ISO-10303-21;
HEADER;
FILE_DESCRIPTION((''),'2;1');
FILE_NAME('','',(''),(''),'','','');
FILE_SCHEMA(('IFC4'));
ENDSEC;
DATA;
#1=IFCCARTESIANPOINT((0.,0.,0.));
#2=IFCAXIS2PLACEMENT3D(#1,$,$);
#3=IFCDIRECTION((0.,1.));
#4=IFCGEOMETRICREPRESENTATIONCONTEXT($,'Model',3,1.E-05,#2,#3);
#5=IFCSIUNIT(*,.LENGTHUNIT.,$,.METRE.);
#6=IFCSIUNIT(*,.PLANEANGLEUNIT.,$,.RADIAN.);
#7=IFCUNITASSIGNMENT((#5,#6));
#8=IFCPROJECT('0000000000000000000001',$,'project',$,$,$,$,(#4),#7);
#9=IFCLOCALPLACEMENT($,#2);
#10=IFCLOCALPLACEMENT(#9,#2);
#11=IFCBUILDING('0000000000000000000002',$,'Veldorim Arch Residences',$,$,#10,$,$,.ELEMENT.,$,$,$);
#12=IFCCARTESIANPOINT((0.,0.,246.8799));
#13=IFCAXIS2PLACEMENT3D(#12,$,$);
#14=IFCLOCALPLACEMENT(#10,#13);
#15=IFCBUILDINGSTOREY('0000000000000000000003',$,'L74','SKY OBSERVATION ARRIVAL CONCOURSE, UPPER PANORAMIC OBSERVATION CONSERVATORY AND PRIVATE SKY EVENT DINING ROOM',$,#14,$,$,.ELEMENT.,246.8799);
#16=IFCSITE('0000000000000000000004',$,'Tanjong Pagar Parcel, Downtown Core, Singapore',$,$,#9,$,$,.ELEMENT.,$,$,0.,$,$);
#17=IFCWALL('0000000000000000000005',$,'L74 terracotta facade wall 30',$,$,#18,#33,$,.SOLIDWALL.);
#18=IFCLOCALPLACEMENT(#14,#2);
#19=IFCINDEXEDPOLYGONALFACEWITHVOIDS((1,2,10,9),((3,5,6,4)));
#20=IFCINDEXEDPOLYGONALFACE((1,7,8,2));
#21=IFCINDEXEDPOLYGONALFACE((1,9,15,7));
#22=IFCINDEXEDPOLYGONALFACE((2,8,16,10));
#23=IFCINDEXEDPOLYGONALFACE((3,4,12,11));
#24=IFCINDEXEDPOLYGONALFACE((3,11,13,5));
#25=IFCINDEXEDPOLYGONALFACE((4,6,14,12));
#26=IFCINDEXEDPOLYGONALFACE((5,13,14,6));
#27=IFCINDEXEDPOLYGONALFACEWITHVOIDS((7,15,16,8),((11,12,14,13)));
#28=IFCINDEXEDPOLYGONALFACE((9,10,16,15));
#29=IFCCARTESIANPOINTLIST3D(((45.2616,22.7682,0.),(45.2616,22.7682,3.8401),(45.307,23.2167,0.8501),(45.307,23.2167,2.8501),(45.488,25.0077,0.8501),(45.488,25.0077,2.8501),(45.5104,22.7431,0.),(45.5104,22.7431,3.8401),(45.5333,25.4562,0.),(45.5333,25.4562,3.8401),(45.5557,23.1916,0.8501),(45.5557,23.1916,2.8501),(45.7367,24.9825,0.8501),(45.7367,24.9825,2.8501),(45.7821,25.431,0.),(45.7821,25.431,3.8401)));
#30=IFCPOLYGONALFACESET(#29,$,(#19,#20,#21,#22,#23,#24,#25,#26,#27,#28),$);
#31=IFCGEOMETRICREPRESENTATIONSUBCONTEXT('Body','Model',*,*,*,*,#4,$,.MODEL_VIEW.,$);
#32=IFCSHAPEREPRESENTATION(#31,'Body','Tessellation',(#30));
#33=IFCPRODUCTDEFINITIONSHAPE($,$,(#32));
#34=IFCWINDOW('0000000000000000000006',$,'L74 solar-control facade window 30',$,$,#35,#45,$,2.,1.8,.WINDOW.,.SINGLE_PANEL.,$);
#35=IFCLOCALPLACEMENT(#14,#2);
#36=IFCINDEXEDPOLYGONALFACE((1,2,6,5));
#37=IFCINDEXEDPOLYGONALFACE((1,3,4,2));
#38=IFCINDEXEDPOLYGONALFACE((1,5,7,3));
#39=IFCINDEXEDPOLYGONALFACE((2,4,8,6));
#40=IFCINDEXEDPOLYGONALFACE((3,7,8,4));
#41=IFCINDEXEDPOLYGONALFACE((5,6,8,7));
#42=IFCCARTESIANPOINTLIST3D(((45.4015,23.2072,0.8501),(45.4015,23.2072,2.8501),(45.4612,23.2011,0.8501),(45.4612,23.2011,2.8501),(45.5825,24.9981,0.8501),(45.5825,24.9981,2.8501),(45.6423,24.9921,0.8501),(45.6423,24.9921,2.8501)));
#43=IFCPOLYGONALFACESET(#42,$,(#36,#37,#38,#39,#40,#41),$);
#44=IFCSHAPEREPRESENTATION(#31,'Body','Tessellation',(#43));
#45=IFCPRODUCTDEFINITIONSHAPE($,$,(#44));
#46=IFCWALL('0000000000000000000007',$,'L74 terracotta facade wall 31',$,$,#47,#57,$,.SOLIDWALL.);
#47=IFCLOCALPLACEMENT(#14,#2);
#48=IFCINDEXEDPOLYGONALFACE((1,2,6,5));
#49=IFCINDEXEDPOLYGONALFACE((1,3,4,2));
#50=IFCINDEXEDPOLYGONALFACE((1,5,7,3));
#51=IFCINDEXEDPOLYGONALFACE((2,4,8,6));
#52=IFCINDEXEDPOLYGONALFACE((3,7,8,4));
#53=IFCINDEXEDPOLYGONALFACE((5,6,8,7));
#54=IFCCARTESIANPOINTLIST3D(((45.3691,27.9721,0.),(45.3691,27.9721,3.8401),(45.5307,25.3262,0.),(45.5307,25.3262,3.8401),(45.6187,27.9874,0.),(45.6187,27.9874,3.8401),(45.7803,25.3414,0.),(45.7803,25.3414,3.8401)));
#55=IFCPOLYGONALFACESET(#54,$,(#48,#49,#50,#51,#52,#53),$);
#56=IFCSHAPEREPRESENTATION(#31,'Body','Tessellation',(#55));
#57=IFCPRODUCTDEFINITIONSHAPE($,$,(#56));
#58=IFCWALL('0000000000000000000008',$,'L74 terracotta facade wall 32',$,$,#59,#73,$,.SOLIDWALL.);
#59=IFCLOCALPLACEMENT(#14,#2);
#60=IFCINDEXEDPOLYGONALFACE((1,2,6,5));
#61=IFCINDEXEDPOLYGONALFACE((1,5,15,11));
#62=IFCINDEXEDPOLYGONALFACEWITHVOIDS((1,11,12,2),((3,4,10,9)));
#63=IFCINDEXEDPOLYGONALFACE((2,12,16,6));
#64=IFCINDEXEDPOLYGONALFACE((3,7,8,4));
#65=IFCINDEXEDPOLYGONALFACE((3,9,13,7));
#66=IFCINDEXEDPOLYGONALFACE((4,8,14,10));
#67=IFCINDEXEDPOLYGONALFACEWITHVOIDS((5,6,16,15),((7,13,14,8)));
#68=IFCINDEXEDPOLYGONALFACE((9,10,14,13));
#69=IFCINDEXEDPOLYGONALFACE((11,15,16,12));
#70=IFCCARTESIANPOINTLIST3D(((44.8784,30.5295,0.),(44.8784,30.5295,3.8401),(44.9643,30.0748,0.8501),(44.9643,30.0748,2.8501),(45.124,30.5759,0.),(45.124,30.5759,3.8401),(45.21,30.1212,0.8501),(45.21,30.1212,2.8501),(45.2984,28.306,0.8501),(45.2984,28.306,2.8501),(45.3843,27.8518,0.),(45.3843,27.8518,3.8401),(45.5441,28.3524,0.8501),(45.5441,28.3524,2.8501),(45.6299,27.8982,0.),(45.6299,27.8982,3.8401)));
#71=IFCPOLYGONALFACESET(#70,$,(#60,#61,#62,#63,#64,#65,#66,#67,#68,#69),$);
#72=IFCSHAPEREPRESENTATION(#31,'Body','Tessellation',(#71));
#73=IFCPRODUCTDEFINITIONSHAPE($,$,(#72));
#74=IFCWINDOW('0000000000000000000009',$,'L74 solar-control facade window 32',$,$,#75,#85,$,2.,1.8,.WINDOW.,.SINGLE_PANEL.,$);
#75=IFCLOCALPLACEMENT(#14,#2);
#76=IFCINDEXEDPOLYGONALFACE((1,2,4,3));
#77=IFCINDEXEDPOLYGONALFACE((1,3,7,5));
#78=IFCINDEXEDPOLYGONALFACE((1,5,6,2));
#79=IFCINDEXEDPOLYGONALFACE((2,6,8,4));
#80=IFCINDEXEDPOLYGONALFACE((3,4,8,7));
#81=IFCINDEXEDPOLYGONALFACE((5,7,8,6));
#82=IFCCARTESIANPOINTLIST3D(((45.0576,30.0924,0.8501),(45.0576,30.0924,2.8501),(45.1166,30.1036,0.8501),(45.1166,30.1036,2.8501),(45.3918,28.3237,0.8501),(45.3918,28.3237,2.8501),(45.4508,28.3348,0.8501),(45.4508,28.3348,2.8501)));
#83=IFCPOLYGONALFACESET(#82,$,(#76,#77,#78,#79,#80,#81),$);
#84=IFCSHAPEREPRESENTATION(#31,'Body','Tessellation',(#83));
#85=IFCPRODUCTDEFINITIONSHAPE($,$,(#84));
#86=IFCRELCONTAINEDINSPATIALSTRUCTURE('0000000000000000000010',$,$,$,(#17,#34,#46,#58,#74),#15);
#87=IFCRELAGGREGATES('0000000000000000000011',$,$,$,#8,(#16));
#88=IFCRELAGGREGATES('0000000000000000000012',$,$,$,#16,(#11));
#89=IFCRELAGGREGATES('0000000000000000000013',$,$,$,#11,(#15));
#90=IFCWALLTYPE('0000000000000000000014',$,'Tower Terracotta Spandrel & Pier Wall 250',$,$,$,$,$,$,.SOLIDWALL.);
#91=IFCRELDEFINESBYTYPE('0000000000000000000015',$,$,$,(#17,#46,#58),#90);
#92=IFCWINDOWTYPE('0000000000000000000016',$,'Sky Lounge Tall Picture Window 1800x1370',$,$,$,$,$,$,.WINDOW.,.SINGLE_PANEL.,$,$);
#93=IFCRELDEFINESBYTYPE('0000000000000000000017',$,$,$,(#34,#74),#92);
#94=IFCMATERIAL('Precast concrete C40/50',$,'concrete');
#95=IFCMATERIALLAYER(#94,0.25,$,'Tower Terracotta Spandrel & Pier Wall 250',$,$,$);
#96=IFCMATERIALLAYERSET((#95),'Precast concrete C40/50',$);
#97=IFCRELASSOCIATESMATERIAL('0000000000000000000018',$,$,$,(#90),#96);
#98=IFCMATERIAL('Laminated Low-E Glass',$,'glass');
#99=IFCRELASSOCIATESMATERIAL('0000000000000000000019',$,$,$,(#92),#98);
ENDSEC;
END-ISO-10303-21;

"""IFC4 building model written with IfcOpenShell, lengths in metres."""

from ifc_helpers import new_model, si_unit, direction, frame, frame_2d, origin, place, context, subcontext, project, spatial, rectangle, extrude, material, layer, layer_set, type_object, element, fill, save


model = new_model("IFC4")

# Units and contexts
model_context = context("Model", 3, precision=1e-05, world=origin(), true_north=direction((0.0, 1.0)))
body_context = subcontext(model_context, "Body", "Model", "MODEL_VIEW")
ifc_project = project(units=[si_unit("LENGTHUNIT", "METRE"), si_unit("PLANEANGLEUNIT", "RADIAN")], contexts=[model_context])

# Site, building, storey
site_placement = place(None, origin())
site = spatial("IfcSite", under=ifc_project, at=site_placement, Name="Tanjong Pagar Parcel, Downtown Core, Singapore", CompositionType="ELEMENT", RefElevation=0.0)
building_placement = place(site_placement, origin())
building = spatial("IfcBuilding", under=site, at=building_placement, Name="Veldorim Arch Residences", CompositionType="ELEMENT")
storey_placement = place(building_placement, frame((0.0, 0.0, 246.8799)))
storey = spatial("IfcBuildingStorey", under=building, at=storey_placement, Name="L74", Description="SKY OBSERVATION ARRIVAL CONCOURSE, UPPER PANORAMIC OBSERVATION CONSERVATORY AND PRIVATE SKY EVENT DINING ROOM", CompositionType="ELEMENT", Elevation=246.8799)

# Wall, opening, window
ifc_material_1 = material(Name="Precast concrete C40/50", Category="concrete")
ifc_layer_1 = layer(ifc_material_1, 0.25, Name="Tower Terracotta Spandrel & Pier Wall 250")
ifc_layer_set_1 = layer_set([ifc_layer_1], Name="Precast concrete C40/50")
wall_type_1 = type_object("IfcWallType", Name="Tower Terracotta Spandrel & Pier Wall 250", PredefinedType="SOLIDWALL", material=ifc_layer_set_1)
wall_1_placement = place(storey_placement, frame((45.6577, 25.4436, 0.0), z_axis=(0.0, 0.0, 1.0), x_axis=(-0.100577, -0.994929, 0.0)))
wall_1 = element("IfcWall", 1, at=wall_1_placement, inside=storey, type_object=wall_type_1, Name="L74 terracotta facade wall 30", PredefinedType="SOLIDWALL", context=body_context, shape_type="SweptSolid", body=[
    extrude(rectangle(XDim=2.7017, YDim=0.25, at=frame_2d((1.3508, 0.0))), origin(), (0.0, 0.0, 1.0), 3.8401),
])
opening_1_placement = place(wall_1_placement, frame((0.4509, 0.0, 0.8501)))
opening_1 = element("IfcOpeningElement", 2, at=opening_1_placement, cuts=wall_1, PredefinedType="OPENING", context=body_context, shape_type="SweptSolid", body=[
    extrude(rectangle(XDim=1.8, YDim=2.0, at=frame_2d((0.8999, 1.0))), frame((0.0, 0.135, 0.0), z_axis=(0.0, -1.0, 0.0), x_axis=(1.0, 0.0, 0.0)), (0.0, 0.0, 1.0), 0.27),
])
ifc_material_2 = material(Name="Laminated Low-E Glass", Category="glass")
window_type = type_object("IfcWindowType", Name="Sky Lounge Tall Picture Window 1800x1370", PartitioningType="SINGLE_PANEL", PredefinedType="WINDOW", material=ifc_material_2)
window_1_placement = place(opening_1_placement, origin())
window_1 = element("IfcWindow", 3, at=window_1_placement, inside=storey, type_object=window_type, Name="L74 solar-control facade window 30", OverallHeight=2.0, OverallWidth=1.8, PartitioningType="SINGLE_PANEL", PredefinedType="WINDOW", context=body_context, shape_type="SweptSolid", body=[
    extrude(rectangle(XDim=1.8, YDim=2.0, at=frame_2d((0.8999, 1.0))), frame((0.0, 0.03, 0.0), z_axis=(0.0, -1.0, 0.0), x_axis=(1.0, 0.0, 0.0)), (0.0, 0.0, 1.0), 0.0601),
])
fill(opening_1, window_1)

# Wall
wall_2_placement = place(storey_placement, frame((45.4939, 27.9797, 0.0), z_axis=(0.0, 0.0, 1.0), x_axis=(0.060968, -0.99814, 0.0)))
element("IfcWall", 4, at=wall_2_placement, inside=storey, type_object=wall_type_1, Name="L74 terracotta facade wall 31", PredefinedType="SOLIDWALL", context=body_context, shape_type="SweptSolid", body=[
    extrude(rectangle(XDim=2.6509, YDim=0.25, at=frame_2d((1.3254, 0.0))), origin(), (0.0, 0.0, 1.0), 3.8401),
])

# Wall, opening, window
wall_3_placement = place(storey_placement, frame((45.0012, 30.5527, 0.0), z_axis=(0.0, 0.0, 1.0), x_axis=(0.18563, -0.98262, 0.0)))
wall_3 = element("IfcWall", 5, at=wall_3_placement, inside=storey, type_object=wall_type_1, Name="L74 terracotta facade wall 32", PredefinedType="SOLIDWALL", context=body_context, shape_type="SweptSolid", body=[
    extrude(rectangle(XDim=2.7251, YDim=0.25, at=frame_2d((1.3625, 0.0))), origin(), (0.0, 0.0, 1.0), 3.8401),
])
opening_2_placement = place(wall_3_placement, frame((0.4629, 0.0, 0.8501)))
opening_2 = element("IfcOpeningElement", 6, at=opening_2_placement, cuts=wall_3, PredefinedType="OPENING", context=body_context, shape_type="SweptSolid", body=[
    extrude(rectangle(XDim=1.8, YDim=2.0, at=frame_2d((0.8999, 1.0))), frame((0.0, 0.135, 0.0), z_axis=(0.0, -1.0, 0.0), x_axis=(1.0, 0.0, 0.0)), (0.0, 0.0, 1.0), 0.27),
])
window_2_placement = place(opening_2_placement, origin())
window_2 = element("IfcWindow", 7, at=window_2_placement, inside=storey, type_object=window_type, Name="L74 solar-control facade window 32", OverallHeight=2.0, OverallWidth=1.8, PartitioningType="SINGLE_PANEL", PredefinedType="WINDOW", context=body_context, shape_type="SweptSolid", body=[
    extrude(rectangle(XDim=1.8, YDim=2.0, at=frame_2d((0.8999, 1.0))), frame((0.0, 0.03, 0.0), z_axis=(0.0, -1.0, 0.0), x_axis=(1.0, 0.0, 0.0)), (0.0, 0.0, 1.0), 0.0601),
])
fill(opening_2, window_2)

save(model, "model.ifc")
